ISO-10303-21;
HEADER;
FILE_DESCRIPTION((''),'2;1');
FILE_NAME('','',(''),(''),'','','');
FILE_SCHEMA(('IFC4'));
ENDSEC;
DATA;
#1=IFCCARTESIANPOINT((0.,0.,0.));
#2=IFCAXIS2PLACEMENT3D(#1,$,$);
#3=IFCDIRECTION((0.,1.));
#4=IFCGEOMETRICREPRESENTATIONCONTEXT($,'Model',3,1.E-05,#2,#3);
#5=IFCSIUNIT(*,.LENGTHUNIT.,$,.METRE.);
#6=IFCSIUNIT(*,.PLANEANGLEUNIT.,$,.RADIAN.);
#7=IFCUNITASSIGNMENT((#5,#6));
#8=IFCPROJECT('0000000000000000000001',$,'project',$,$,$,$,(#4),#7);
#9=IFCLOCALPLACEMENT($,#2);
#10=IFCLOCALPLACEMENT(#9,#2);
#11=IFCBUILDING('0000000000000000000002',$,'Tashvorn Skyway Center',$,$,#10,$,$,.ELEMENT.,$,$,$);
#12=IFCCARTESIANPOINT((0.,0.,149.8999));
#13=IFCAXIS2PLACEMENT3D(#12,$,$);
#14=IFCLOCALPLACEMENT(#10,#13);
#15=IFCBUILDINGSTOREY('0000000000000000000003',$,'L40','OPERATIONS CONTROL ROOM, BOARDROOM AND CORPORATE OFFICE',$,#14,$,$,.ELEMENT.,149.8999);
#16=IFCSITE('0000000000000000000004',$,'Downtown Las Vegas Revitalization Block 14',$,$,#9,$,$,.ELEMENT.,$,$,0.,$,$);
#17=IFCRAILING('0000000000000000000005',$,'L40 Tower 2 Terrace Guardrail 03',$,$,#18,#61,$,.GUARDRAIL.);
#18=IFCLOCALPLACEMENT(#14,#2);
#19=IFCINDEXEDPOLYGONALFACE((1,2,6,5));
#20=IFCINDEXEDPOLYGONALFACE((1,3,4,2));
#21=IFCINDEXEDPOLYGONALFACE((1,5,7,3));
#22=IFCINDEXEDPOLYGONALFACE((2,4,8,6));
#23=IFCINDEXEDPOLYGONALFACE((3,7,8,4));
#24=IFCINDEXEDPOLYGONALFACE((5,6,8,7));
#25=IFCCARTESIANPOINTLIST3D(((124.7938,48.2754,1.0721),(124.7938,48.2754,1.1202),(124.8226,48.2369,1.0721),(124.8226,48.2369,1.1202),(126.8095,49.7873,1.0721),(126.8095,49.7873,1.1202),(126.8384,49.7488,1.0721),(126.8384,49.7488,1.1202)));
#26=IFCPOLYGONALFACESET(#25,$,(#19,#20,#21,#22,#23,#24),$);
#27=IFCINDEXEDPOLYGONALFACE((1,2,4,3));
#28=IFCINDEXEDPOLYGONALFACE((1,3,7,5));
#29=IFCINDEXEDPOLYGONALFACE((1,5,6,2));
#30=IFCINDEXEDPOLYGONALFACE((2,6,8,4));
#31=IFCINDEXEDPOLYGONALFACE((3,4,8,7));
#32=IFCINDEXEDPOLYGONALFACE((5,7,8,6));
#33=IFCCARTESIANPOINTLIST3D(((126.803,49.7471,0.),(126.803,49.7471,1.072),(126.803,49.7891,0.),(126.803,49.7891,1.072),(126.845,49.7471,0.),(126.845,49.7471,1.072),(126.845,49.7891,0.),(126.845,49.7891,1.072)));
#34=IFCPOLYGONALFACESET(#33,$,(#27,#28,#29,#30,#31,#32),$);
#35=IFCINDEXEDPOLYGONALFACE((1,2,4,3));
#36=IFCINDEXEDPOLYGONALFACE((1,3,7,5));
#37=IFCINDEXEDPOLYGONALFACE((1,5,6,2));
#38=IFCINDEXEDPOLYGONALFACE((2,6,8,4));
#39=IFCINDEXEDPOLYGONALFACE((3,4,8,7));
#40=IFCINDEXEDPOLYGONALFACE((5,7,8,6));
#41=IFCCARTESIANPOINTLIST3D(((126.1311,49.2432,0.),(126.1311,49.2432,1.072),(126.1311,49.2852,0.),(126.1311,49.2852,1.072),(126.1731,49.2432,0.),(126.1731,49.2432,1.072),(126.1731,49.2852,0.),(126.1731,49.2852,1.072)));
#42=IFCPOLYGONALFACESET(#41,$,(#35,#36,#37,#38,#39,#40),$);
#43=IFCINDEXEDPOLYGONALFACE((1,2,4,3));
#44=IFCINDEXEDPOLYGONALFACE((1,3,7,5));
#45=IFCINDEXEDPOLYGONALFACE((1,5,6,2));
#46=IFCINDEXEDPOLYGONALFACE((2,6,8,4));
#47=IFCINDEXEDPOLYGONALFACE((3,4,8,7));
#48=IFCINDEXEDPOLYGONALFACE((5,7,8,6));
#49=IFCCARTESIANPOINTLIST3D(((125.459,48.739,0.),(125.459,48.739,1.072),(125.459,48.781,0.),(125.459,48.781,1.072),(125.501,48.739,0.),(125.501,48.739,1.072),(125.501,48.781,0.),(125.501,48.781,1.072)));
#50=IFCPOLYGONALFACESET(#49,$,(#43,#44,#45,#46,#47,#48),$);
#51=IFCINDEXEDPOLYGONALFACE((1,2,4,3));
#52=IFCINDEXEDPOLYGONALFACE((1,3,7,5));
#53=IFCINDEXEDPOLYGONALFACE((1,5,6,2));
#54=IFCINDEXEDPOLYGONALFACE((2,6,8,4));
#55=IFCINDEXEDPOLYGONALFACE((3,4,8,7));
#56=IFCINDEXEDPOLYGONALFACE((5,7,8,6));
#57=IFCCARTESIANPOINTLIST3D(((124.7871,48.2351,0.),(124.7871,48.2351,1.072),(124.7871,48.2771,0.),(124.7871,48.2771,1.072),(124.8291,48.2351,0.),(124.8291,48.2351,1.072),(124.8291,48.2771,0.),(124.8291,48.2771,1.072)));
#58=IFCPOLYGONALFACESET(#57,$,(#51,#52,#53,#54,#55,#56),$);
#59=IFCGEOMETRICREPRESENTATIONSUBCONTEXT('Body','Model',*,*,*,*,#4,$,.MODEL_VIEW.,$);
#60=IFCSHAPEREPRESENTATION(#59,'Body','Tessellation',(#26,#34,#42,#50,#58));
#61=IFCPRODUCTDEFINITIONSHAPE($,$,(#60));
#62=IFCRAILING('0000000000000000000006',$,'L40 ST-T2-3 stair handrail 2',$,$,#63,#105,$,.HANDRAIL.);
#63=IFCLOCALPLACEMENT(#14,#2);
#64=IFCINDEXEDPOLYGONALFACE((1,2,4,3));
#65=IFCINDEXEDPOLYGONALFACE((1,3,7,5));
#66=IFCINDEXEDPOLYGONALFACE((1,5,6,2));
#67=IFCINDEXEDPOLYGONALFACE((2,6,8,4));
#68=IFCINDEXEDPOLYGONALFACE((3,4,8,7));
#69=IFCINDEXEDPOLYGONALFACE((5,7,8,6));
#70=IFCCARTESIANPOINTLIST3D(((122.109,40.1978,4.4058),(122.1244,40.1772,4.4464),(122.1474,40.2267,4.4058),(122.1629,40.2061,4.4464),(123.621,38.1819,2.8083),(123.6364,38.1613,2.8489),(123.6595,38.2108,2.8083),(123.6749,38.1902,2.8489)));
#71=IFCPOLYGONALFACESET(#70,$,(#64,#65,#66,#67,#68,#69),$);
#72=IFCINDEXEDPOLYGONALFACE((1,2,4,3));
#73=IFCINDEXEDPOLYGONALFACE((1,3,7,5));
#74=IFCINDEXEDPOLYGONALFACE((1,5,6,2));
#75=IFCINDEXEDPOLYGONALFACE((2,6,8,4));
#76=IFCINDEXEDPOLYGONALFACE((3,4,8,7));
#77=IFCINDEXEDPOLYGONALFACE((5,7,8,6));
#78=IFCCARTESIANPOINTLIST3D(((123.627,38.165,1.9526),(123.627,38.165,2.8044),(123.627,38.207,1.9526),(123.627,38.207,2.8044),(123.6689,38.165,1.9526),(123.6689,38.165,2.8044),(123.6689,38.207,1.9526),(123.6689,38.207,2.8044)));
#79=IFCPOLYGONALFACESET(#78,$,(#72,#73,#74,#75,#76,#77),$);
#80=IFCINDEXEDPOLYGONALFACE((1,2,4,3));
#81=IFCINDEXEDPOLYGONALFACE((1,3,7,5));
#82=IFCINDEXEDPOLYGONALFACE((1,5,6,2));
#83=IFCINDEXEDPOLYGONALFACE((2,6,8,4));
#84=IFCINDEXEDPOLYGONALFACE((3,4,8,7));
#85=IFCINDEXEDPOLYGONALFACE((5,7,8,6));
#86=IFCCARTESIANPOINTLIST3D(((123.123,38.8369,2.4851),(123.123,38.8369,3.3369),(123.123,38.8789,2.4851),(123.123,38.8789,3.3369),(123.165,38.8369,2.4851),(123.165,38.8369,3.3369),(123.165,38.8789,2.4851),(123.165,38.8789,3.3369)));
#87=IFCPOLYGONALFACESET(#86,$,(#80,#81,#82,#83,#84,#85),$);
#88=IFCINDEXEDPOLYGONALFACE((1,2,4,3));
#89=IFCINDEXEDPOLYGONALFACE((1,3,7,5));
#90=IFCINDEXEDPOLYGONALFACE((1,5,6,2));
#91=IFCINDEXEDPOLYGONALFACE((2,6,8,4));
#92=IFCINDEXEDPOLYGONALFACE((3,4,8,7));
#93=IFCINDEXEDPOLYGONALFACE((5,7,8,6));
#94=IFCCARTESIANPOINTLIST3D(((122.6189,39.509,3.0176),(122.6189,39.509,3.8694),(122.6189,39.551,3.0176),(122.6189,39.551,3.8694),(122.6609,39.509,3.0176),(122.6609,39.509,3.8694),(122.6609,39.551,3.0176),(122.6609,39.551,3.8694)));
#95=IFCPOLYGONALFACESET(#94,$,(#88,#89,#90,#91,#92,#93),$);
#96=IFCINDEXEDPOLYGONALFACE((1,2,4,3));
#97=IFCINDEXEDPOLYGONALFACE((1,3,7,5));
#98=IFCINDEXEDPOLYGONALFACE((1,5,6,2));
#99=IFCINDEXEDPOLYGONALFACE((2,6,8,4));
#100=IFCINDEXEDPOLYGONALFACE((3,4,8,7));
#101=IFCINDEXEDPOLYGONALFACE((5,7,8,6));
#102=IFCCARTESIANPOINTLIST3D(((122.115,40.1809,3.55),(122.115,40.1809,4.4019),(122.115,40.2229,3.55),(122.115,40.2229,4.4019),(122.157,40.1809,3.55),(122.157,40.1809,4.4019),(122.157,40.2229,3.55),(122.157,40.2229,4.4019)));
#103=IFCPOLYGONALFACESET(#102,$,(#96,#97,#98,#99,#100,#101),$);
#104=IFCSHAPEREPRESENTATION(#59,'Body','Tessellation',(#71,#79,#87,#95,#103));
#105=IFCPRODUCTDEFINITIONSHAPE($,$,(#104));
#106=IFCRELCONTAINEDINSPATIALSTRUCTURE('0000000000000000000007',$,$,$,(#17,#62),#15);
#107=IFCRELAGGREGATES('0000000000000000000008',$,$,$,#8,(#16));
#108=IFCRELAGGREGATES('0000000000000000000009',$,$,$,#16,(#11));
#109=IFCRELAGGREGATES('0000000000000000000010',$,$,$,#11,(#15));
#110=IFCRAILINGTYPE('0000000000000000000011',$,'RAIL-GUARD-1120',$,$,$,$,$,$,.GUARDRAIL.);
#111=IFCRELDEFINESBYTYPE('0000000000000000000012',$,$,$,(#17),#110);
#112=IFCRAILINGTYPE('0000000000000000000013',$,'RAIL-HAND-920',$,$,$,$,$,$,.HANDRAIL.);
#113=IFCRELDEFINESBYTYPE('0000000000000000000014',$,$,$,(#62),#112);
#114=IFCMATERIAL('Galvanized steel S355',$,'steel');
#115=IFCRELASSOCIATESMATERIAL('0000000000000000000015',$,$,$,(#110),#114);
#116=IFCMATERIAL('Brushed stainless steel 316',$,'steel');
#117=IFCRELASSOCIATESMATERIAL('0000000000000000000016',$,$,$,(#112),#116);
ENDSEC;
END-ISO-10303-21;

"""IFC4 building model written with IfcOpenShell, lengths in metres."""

from ifc_helpers import new_model, si_unit, direction, frame, origin, origin_2d, place, context, subcontext, project, spatial, rectangle, extrude, material, type_object, element, save


model = new_model("IFC4")

# Units and contexts
model_context = context("Model", 3, precision=1e-05, world=origin(), true_north=direction((0.0, 1.0)))
body_context = subcontext(model_context, "Body", "Model", "MODEL_VIEW")
ifc_project = project(units=[si_unit("LENGTHUNIT", "METRE"), si_unit("PLANEANGLEUNIT", "RADIAN")], contexts=[model_context])

# Site, building, storey
site_placement = place(None, origin())
site = spatial("IfcSite", under=ifc_project, at=site_placement, Name="Downtown Las Vegas Revitalization Block 14", CompositionType="ELEMENT", RefElevation=0.0)
building_placement = place(site_placement, origin())
building = spatial("IfcBuilding", under=site, at=building_placement, Name="Tashvorn Skyway Center", CompositionType="ELEMENT")
storey_placement = place(building_placement, frame((0.0, 0.0, 149.8999)))
storey = spatial("IfcBuildingStorey", under=building, at=storey_placement, Name="L40", Description="OPERATIONS CONTROL ROOM, BOARDROOM AND CORPORATE OFFICE", CompositionType="ELEMENT", Elevation=149.8999)

# Railings
ifc_material_1 = material(Name="Galvanized steel S355", Category="steel")
railing_type_1 = type_object("IfcRailingType", Name="RAIL-GUARD-1120", PredefinedType="GUARDRAIL", material=ifc_material_1)
railing_1_placement = place(storey_placement, frame((126.824, 49.7681, 0.0)))
element("IfcRailing", 1, at=railing_1_placement, inside=storey, type_object=railing_type_1, Name="L40 Tower 2 Terrace Guardrail 03", PredefinedType="GUARDRAIL", context=body_context, shape_type="SweptSolid", body=[
    extrude(rectangle(XDim=0.0481, YDim=0.0481, at=origin_2d()), frame((0.0, 0.0, 1.0962), z_axis=(-0.799988, -0.600016, 0.0), x_axis=(0.600016, -0.799988, 0.0)), (0.0, 0.0, 1.0), 2.5198),
    extrude(rectangle(XDim=0.042, YDim=0.042, at=origin_2d()), origin(), (0.0, 0.0, 1.0), 1.072),
    extrude(rectangle(XDim=0.042, YDim=0.042, at=origin_2d()), frame((-0.6719, -0.5039, 0.0)), (0.0, 0.0, 1.0), 1.072),
    extrude(rectangle(XDim=0.042, YDim=0.042, at=origin_2d()), frame((-1.344, -1.0081, 0.0)), (0.0, 0.0, 1.0), 1.072),
    extrude(rectangle(XDim=0.042, YDim=0.042, at=origin_2d()), frame((-2.0159, -1.512, 0.0)), (0.0, 0.0, 1.0), 1.072),
])
ifc_material_2 = material(Name="Brushed stainless steel 316", Category="steel")
railing_type_2 = type_object("IfcRailingType", Name="RAIL-HAND-920", PredefinedType="HANDRAIL", material=ifc_material_2)
railing_2_placement = place(storey_placement, frame((123.6479, 38.186, 1.9526)))
element("IfcRailing", 2, at=railing_2_placement, inside=storey, type_object=railing_type_2, Name="L40 ST-T2-3 stair handrail 2", PredefinedType="HANDRAIL", context=body_context, shape_type="SweptSolid", body=[
    extrude(rectangle(XDim=0.0481, YDim=0.0481, at=origin_2d()), frame((0.0, 0.0, 0.876), z_axis=(-0.506769, 0.675664, 0.535409), x_axis=(-0.799988, -0.600016, 0.0)), (0.0, 0.0, 1.0), 2.9836),
    extrude(rectangle(XDim=0.042, YDim=0.042, at=origin_2d()), origin(), (0.0, 0.0, 1.0), 0.8518),
    extrude(rectangle(XDim=0.042, YDim=0.042, at=origin_2d()), frame((-0.5039, 0.6719, 0.5325)), (0.0, 0.0, 1.0), 0.8518),
    extrude(rectangle(XDim=0.042, YDim=0.042, at=origin_2d()), frame((-1.0081, 1.344, 1.0649)), (0.0, 0.0, 1.0), 0.8518),
    extrude(rectangle(XDim=0.042, YDim=0.042, at=origin_2d()), frame((-1.512, 2.0159, 1.5974)), (0.0, 0.0, 1.0), 0.8518),
])

save(model, "model.ifc")
